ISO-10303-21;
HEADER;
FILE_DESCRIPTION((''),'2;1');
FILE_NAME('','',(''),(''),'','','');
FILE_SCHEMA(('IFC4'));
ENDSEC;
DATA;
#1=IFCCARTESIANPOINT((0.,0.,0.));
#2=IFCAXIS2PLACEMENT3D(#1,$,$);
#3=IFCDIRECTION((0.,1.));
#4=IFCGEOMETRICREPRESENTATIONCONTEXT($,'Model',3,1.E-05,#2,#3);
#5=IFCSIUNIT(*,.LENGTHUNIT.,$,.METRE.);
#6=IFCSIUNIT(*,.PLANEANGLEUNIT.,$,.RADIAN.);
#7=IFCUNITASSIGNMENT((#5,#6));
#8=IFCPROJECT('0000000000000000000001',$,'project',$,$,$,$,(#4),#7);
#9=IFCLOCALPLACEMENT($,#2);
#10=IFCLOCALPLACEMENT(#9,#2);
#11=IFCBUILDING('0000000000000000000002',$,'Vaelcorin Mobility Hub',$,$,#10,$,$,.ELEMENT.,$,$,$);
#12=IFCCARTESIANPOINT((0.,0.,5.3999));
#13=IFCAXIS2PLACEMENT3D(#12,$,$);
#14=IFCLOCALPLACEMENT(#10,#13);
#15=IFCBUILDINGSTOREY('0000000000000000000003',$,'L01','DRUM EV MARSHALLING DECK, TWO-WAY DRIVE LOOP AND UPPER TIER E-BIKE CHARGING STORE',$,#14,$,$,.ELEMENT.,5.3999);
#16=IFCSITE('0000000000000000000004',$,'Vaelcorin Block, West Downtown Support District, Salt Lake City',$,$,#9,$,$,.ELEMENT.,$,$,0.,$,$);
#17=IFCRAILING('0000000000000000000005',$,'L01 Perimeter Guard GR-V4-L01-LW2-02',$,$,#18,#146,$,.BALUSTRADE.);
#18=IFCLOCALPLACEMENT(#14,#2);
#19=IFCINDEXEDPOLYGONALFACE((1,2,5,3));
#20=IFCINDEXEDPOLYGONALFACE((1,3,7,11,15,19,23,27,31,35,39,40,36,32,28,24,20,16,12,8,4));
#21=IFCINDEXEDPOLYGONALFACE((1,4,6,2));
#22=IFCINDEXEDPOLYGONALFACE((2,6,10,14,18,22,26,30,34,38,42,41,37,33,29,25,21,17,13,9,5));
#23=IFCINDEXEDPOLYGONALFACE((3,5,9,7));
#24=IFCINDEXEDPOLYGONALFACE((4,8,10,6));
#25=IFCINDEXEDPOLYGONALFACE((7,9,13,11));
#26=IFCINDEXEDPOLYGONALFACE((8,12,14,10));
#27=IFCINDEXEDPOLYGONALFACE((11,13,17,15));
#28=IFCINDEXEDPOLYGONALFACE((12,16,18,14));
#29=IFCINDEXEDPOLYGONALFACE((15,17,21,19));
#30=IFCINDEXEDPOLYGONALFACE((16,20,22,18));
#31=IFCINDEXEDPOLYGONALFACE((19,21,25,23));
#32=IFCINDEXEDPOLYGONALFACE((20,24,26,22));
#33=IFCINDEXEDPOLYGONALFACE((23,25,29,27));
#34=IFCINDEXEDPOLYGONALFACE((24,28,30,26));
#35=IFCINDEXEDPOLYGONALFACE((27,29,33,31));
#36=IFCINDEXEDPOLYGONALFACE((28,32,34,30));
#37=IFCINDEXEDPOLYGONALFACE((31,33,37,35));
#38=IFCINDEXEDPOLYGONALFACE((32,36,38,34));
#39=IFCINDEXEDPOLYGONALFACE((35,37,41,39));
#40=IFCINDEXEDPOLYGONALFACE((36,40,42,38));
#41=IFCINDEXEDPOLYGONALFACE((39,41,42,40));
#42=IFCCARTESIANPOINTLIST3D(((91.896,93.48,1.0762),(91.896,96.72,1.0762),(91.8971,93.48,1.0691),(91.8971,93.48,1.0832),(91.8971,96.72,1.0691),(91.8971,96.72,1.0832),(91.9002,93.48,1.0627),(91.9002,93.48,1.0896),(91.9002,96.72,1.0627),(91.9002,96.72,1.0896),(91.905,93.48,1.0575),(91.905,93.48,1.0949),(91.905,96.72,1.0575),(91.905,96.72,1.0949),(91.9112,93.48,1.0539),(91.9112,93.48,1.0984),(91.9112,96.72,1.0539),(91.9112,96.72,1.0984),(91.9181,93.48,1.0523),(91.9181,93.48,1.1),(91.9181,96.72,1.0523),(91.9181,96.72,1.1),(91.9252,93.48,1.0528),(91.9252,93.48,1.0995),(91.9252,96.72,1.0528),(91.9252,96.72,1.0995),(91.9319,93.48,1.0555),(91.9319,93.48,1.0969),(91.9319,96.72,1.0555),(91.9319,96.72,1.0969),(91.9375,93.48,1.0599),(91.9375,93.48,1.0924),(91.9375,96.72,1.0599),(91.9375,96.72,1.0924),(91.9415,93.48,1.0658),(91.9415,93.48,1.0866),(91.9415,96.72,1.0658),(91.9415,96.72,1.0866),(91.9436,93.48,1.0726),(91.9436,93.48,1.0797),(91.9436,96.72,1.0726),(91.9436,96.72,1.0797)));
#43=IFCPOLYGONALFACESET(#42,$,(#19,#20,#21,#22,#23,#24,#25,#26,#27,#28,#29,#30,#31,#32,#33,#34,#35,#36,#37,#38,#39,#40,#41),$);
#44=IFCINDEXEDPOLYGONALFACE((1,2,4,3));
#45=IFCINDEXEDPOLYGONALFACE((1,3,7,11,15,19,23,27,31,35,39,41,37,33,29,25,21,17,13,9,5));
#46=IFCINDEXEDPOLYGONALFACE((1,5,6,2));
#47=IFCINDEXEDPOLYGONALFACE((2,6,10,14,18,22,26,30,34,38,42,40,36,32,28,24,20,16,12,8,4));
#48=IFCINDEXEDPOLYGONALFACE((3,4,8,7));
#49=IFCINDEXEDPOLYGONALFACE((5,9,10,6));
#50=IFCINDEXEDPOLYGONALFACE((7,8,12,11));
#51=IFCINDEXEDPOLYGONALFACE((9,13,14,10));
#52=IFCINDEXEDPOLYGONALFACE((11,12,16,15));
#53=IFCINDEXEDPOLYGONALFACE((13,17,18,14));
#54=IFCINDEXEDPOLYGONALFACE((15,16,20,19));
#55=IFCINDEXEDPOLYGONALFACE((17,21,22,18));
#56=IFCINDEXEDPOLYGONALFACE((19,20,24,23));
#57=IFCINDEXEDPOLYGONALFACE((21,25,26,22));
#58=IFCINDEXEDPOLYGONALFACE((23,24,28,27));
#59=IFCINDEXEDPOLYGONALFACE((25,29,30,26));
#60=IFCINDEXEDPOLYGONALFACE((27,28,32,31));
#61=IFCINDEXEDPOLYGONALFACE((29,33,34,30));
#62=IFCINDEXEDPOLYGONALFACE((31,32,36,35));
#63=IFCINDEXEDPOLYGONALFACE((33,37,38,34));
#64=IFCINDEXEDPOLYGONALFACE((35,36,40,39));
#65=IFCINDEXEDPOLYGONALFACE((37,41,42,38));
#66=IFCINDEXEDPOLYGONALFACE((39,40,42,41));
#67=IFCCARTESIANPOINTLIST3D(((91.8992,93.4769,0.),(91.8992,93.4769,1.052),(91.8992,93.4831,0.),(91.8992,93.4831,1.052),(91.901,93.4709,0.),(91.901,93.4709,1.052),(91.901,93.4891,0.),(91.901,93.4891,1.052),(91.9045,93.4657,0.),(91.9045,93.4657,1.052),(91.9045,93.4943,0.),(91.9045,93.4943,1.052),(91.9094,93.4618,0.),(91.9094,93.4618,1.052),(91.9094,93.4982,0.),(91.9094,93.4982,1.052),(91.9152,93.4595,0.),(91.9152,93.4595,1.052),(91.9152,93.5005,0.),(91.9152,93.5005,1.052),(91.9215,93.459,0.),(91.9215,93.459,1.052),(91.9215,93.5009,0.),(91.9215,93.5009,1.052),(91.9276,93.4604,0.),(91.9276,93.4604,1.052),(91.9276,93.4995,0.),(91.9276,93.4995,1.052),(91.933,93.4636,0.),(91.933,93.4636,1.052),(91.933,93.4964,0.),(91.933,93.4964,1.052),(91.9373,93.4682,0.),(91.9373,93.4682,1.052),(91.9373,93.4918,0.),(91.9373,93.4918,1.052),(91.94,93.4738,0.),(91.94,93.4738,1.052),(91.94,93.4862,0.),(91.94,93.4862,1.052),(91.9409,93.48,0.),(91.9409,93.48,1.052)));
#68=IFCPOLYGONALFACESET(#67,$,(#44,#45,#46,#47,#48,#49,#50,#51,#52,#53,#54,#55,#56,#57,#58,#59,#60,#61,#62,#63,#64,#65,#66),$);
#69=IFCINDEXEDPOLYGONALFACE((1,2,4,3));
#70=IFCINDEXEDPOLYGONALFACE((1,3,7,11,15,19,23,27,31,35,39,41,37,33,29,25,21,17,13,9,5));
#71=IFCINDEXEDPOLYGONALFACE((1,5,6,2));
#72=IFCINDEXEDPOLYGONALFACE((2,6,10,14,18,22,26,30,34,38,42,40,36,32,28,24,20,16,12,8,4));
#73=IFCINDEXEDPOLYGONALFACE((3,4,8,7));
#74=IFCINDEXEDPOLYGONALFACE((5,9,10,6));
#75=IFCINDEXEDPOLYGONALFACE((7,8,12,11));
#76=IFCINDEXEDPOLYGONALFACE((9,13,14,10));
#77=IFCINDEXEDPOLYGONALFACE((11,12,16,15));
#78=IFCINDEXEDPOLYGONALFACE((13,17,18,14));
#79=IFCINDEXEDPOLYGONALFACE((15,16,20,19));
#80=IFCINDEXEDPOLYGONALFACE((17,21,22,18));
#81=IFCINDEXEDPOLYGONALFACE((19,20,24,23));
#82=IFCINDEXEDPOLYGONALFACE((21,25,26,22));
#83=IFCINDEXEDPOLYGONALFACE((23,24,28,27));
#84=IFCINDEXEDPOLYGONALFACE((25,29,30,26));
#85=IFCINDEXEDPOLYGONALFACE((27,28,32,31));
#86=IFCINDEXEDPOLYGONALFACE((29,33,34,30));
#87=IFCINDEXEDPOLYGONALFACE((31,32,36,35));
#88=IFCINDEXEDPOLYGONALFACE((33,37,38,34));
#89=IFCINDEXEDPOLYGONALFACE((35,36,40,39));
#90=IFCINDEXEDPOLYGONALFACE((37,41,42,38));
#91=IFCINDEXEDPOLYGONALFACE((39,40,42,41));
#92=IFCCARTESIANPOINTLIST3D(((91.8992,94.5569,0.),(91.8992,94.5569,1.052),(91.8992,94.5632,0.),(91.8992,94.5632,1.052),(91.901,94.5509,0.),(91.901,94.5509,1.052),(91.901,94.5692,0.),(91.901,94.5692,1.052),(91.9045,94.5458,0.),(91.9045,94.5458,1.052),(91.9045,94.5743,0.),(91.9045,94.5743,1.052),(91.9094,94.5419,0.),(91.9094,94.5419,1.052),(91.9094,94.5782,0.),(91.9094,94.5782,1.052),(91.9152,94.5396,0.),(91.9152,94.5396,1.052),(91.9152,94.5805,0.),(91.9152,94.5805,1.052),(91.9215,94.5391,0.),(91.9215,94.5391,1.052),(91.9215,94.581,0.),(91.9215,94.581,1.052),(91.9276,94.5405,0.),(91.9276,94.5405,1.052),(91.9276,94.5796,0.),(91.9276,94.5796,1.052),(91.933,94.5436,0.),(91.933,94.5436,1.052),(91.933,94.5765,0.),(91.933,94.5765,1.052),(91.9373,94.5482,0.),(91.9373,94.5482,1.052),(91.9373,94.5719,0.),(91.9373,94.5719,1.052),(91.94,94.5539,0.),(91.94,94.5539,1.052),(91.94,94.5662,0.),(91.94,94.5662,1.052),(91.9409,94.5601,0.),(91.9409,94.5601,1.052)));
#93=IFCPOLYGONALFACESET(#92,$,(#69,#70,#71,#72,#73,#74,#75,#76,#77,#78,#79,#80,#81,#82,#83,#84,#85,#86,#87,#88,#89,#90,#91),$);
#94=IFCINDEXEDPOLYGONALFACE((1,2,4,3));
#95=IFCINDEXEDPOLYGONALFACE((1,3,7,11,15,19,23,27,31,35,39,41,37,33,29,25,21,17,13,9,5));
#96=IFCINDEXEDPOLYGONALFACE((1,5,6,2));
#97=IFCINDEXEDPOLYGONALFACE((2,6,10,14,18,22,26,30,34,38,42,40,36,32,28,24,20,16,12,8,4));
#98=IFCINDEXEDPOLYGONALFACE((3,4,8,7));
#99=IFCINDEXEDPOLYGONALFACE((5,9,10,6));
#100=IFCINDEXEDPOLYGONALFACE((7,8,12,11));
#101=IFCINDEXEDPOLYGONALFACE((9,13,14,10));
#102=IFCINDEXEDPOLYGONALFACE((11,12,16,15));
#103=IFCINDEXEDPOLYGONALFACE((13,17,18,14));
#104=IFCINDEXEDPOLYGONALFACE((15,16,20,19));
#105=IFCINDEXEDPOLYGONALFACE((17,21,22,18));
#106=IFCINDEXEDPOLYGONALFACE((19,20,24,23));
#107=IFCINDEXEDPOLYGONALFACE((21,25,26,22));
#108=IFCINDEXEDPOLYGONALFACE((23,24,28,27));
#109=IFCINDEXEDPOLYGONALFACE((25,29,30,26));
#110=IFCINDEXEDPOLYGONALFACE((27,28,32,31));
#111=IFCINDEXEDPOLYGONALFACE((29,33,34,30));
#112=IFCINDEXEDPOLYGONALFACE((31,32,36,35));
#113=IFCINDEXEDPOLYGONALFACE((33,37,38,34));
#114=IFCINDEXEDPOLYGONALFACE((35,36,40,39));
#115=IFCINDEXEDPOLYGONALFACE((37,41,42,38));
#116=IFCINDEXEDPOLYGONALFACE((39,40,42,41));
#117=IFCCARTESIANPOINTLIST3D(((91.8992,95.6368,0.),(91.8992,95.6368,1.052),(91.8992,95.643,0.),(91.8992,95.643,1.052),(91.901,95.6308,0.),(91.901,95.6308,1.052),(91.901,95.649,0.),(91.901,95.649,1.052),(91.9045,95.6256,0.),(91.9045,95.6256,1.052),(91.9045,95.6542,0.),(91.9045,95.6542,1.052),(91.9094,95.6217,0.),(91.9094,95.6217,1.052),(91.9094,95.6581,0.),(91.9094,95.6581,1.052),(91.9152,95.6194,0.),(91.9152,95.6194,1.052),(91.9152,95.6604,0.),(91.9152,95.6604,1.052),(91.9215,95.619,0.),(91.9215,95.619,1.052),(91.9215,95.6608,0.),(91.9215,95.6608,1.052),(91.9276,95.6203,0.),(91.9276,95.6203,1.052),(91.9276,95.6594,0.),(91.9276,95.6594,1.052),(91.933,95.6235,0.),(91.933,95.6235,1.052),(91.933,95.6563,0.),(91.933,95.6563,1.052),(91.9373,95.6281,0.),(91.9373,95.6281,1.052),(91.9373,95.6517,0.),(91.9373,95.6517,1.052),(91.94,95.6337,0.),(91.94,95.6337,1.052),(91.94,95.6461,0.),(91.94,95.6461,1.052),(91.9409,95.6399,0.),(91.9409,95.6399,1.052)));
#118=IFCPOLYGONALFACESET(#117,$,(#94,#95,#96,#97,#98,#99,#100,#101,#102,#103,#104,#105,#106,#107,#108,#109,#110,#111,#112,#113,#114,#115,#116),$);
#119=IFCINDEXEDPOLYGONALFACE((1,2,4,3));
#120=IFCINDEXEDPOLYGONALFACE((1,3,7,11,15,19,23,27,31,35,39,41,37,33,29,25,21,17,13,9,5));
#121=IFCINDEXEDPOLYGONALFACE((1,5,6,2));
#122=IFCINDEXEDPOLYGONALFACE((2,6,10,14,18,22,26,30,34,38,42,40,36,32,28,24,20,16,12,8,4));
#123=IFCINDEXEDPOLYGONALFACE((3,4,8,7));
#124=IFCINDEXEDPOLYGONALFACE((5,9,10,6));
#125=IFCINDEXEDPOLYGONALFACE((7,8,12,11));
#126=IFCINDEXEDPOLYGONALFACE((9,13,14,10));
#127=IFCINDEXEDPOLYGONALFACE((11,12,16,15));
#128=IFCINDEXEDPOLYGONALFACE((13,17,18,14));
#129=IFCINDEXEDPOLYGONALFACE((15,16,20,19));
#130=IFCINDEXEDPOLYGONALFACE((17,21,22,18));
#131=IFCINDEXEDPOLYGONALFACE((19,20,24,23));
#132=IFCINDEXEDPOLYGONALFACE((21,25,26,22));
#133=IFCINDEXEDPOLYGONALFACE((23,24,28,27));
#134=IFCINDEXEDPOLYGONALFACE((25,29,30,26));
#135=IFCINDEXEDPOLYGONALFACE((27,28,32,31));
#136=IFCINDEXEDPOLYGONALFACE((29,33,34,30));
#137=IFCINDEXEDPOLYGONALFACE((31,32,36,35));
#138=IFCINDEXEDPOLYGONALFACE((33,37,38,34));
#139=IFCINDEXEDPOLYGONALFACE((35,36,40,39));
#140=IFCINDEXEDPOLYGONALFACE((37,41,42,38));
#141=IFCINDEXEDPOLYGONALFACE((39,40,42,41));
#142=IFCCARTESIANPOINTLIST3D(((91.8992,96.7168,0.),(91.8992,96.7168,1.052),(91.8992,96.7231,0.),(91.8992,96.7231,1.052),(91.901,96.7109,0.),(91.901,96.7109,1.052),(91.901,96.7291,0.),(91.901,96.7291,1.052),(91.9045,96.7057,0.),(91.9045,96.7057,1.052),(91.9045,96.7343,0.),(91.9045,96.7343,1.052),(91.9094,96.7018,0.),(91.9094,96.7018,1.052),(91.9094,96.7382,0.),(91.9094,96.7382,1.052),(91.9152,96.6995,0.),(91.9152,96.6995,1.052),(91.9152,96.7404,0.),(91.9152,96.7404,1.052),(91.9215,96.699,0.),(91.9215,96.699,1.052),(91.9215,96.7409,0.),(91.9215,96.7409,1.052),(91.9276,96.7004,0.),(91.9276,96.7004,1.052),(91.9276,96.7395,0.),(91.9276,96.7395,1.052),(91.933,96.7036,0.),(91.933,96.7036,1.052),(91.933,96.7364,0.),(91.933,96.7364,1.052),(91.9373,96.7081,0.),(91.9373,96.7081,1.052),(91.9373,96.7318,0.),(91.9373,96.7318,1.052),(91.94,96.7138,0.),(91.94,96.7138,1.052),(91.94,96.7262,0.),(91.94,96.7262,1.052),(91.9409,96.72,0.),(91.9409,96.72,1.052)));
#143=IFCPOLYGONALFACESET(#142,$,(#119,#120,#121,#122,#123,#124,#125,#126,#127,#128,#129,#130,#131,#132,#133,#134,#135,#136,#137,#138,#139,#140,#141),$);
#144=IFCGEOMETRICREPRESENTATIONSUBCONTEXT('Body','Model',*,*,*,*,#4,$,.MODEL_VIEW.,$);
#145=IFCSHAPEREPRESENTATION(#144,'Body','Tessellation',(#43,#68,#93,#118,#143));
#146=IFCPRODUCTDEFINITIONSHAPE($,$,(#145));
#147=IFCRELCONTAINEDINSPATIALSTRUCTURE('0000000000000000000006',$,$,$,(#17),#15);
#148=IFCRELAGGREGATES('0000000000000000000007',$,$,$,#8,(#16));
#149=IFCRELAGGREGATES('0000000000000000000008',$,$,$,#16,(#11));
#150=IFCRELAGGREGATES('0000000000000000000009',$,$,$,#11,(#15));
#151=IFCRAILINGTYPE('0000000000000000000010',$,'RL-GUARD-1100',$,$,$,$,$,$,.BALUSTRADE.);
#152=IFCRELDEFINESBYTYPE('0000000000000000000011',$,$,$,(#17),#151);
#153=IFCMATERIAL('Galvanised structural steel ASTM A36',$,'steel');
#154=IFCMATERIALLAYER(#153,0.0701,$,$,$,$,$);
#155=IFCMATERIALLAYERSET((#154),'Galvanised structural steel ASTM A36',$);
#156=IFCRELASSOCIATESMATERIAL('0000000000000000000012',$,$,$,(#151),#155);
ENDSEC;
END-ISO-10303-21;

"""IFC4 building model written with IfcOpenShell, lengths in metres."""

from ifc_helpers import new_model, si_unit, direction, frame, origin, origin_2d, place, context, subcontext, project, spatial, circle, extrude, material, layer, layer_set, type_object, element, save


model = new_model("IFC4")

# Units and contexts
model_context = context("Model", 3, precision=1e-05, world=origin(), true_north=direction((0.0, 1.0)))
body_context = subcontext(model_context, "Body", "Model", "MODEL_VIEW")
ifc_project = project(units=[si_unit("LENGTHUNIT", "METRE"), si_unit("PLANEANGLEUNIT", "RADIAN")], contexts=[model_context])

# Site, building, storey
site_placement = place(None, origin())
site = spatial("IfcSite", under=ifc_project, at=site_placement, Name="Vaelcorin Block, West Downtown Support District, Salt Lake City", CompositionType="ELEMENT", RefElevation=0.0)
building_placement = place(site_placement, origin())
building = spatial("IfcBuilding", under=site, at=building_placement, Name="Vaelcorin Mobility Hub", CompositionType="ELEMENT")
storey_placement = place(building_placement, frame((0.0, 0.0, 5.3999)))
storey = spatial("IfcBuildingStorey", under=building, at=storey_placement, Name="L01", Description="DRUM EV MARSHALLING DECK, TWO-WAY DRIVE LOOP AND UPPER TIER E-BIKE CHARGING STORE", CompositionType="ELEMENT", Elevation=5.3999)

# Railing
ifc_material_1 = material(Name="Galvanised structural steel ASTM A36", Category="steel")
ifc_layer_1 = layer(ifc_material_1, 0.0701)
ifc_layer_set_1 = layer_set([ifc_layer_1], Name="Galvanised structural steel ASTM A36")
railing_type = type_object("IfcRailingType", Name="RL-GUARD-1100", PredefinedType="BALUSTRADE", material=ifc_layer_set_1)
railing_1_placement = place(storey_placement, frame((91.9199, 93.48, 0.0)))
element("IfcRailing", 1, at=railing_1_placement, inside=storey, type_object=railing_type, Name="L01 Perimeter Guard GR-V4-L01-LW2-02", PredefinedType="BALUSTRADE", context=body_context, shape_type="SweptSolid", body=[
    extrude(circle(Radius=0.0239, at=origin_2d()), frame((0.0, 0.0, 1.0762), z_axis=(0.0, 1.0, 0.0), x_axis=(-1.0, 0.0, 0.0)), (0.0, 0.0, 1.0), 3.24),
    extrude(circle(Radius=0.021, at=origin_2d()), origin(), (0.0, 0.0, 1.0), 1.052),
    extrude(circle(Radius=0.021, at=origin_2d()), frame((0.0, 1.0801, 0.0)), (0.0, 0.0, 1.0), 1.052),
    extrude(circle(Radius=0.021, at=origin_2d()), frame((0.0, 2.1599, 0.0)), (0.0, 0.0, 1.0), 1.052),
    extrude(circle(Radius=0.021, at=origin_2d()), frame((0.0, 3.24, 0.0)), (0.0, 0.0, 1.0), 1.052),
])

save(model, "model.ifc")
